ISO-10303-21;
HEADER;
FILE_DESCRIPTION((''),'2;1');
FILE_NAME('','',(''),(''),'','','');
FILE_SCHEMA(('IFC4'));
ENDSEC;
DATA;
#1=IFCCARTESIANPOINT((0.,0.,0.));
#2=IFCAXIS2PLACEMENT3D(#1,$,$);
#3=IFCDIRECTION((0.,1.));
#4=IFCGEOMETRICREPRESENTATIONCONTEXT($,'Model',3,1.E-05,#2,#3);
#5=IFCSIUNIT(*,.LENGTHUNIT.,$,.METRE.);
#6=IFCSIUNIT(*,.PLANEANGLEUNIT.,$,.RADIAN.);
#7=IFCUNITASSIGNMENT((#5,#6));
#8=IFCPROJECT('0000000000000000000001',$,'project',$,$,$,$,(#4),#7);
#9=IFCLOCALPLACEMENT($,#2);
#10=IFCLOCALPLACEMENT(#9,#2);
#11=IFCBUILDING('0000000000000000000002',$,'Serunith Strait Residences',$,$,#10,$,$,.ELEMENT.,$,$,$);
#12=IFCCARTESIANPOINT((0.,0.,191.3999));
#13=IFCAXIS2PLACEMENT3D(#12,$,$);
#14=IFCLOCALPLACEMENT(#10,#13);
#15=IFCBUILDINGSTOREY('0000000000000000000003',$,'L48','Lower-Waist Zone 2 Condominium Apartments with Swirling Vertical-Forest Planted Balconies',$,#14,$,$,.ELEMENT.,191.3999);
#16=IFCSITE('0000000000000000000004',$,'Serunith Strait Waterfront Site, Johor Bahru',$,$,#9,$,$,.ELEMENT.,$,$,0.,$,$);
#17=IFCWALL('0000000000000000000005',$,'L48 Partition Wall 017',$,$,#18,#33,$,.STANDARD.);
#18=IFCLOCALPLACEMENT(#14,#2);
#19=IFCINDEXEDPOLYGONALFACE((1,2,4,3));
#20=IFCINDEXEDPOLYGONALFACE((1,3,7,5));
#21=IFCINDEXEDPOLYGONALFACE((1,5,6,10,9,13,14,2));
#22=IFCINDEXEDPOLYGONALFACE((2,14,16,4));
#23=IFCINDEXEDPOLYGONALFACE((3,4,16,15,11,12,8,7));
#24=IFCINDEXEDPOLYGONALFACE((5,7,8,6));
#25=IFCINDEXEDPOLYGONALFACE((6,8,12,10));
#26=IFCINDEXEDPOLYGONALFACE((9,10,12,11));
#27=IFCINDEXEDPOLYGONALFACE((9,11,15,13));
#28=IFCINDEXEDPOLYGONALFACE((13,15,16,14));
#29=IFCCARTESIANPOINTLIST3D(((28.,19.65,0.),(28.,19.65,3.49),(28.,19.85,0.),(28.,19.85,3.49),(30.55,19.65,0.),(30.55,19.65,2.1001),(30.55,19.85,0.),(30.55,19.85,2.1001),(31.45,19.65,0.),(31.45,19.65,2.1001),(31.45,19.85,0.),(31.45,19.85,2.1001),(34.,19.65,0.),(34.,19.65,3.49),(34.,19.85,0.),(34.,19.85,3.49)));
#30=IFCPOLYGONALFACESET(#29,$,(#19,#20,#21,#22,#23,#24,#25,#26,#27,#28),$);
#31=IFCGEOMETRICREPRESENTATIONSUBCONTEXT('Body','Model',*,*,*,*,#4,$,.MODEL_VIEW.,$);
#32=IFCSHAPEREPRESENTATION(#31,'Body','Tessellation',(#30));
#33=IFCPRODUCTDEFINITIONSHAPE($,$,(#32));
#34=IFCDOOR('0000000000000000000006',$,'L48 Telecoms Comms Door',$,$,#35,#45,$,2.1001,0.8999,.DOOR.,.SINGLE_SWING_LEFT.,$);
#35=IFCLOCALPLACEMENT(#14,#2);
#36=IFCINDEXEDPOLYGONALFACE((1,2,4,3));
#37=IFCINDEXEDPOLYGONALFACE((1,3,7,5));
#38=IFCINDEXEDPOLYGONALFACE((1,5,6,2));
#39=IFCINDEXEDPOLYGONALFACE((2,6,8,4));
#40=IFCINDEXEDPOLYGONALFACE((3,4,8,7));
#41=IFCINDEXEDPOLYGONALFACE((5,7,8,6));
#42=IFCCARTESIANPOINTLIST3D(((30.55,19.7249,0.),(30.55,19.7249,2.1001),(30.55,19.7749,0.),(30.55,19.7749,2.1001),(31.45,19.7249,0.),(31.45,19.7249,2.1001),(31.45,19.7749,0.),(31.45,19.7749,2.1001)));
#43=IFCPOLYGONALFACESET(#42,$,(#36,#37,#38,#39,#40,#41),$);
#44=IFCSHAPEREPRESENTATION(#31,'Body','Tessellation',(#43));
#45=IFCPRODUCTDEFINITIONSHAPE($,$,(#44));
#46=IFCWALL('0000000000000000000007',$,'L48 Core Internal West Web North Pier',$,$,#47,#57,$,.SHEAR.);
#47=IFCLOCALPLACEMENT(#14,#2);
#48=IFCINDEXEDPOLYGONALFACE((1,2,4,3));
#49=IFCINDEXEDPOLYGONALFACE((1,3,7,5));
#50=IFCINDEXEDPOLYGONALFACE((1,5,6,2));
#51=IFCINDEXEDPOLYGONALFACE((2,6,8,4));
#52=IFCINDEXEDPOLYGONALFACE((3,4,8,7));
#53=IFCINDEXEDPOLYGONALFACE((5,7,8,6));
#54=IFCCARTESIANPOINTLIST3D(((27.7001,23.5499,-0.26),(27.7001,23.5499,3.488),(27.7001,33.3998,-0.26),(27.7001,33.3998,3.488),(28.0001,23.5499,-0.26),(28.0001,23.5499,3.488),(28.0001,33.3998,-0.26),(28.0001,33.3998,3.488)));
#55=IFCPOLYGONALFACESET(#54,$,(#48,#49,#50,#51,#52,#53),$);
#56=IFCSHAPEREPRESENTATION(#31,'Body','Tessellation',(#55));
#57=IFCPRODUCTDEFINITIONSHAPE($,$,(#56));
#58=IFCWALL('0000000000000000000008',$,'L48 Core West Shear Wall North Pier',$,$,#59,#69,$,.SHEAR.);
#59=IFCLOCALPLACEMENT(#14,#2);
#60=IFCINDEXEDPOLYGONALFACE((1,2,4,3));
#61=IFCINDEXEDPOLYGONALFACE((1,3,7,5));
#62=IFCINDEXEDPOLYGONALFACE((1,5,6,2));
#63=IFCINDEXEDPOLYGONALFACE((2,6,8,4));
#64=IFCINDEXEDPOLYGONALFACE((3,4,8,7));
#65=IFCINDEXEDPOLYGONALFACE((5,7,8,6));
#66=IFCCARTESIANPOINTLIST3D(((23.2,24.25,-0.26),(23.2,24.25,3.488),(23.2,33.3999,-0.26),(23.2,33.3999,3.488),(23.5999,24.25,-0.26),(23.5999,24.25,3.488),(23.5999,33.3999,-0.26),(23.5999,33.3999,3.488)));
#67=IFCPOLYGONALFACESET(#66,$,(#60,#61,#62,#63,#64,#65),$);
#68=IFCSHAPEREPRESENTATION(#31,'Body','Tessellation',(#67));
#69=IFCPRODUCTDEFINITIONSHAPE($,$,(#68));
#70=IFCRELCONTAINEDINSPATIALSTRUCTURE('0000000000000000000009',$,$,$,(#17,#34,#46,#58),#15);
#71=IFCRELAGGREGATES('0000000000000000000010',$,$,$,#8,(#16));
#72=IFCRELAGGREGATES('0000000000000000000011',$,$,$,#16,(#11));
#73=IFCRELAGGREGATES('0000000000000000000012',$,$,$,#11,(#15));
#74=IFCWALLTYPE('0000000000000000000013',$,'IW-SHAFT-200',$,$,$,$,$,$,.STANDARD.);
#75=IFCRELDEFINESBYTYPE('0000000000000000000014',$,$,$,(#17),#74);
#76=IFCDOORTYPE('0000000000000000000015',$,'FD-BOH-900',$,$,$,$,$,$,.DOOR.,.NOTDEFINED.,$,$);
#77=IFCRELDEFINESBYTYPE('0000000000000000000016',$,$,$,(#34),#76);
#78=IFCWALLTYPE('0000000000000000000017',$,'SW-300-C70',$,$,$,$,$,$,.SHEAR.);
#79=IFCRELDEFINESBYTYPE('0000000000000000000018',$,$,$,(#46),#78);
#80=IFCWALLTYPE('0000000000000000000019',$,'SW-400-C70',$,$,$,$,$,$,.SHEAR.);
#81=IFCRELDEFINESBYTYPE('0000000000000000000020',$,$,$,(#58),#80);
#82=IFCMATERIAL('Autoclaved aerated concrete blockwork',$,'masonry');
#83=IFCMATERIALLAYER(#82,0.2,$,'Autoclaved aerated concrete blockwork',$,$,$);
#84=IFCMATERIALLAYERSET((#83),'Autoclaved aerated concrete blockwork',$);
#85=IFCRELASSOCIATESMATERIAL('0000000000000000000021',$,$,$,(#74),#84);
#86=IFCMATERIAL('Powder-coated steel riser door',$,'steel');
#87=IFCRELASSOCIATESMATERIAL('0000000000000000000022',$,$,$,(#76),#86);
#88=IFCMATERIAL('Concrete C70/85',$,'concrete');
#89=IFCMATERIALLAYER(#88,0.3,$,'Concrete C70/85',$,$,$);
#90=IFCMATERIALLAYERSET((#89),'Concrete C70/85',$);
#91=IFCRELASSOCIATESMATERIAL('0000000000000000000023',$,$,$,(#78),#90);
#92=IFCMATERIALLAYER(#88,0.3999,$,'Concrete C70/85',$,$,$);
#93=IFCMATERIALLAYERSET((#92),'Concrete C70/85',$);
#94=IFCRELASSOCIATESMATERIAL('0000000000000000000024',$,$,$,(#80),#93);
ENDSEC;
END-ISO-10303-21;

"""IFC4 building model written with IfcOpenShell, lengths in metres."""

from ifc_helpers import new_model, si_unit, direction, frame, frame_2d, origin, place, context, subcontext, project, spatial, rectangle, extrude, source, transform, mapped, material, layer, layer_set, type_object, element, fill, save


model = new_model("IFC4")

# Units and contexts
model_context = context("Model", 3, precision=1e-05, world=origin(), true_north=direction((0.0, 1.0)))
body_context = subcontext(model_context, "Body", "Model", "MODEL_VIEW")
ifc_project = project(units=[si_unit("LENGTHUNIT", "METRE"), si_unit("PLANEANGLEUNIT", "RADIAN")], contexts=[model_context])

# Site, building, storey
site_placement = place(None, origin())
site = spatial("IfcSite", under=ifc_project, at=site_placement, Name="Serunith Strait Waterfront Site, Johor Bahru", CompositionType="ELEMENT", RefElevation=0.0)
building_placement = place(site_placement, origin())
building = spatial("IfcBuilding", under=site, at=building_placement, Name="Serunith Strait Residences", CompositionType="ELEMENT")
storey_placement = place(building_placement, frame((0.0, 0.0, 191.3999)))
storey = spatial("IfcBuildingStorey", under=building, at=storey_placement, Name="L48", Description="Lower-Waist Zone 2 Condominium Apartments with Swirling Vertical-Forest Planted Balconies", CompositionType="ELEMENT", Elevation=191.3999)

# Wall, opening, door
ifc_material_1 = material(Name="Autoclaved aerated concrete blockwork", Category="masonry")
ifc_layer_1 = layer(ifc_material_1, 0.2, Name="Autoclaved aerated concrete blockwork")
ifc_layer_set_1 = layer_set([ifc_layer_1], Name="Autoclaved aerated concrete blockwork")
wall_type_1 = type_object("IfcWallType", Name="IW-SHAFT-200", PredefinedType="STANDARD", material=ifc_layer_set_1)
wall_1_placement = place(storey_placement, frame((28.0, 19.75, 0.0), z_axis=(0.0, 0.0, 1.0), x_axis=(1.0, 0.0, 0.0)))
wall_1 = element("IfcWall", 1, at=wall_1_placement, inside=storey, type_object=wall_type_1, Name="L48 Partition Wall 017", PredefinedType="STANDARD", context=body_context, shape_type="SweptSolid", body=[
    extrude(rectangle(XDim=6.0, YDim=0.2, at=frame_2d((3.0, 0.0))), origin(), (0.0, 0.0, 1.0), 3.49),
])
opening_1_placement = place(wall_1_placement, frame((2.55, 0.0, 0.0)))
opening_1 = element("IfcOpeningElement", 2, at=opening_1_placement, cuts=wall_1, PredefinedType="OPENING", context=body_context, shape_type="SweptSolid", body=[
    extrude(rectangle(XDim=0.8999, YDim=2.1001, at=frame_2d((0.45, 1.05))), frame((0.0, 0.1099, 0.0), z_axis=(0.0, -1.0, 0.0), x_axis=(1.0, 0.0, 0.0)), (0.0, 0.0, 1.0), 0.22),
])
ifc_material_2 = material(Name="Powder-coated steel riser door", Category="steel")
door_type_1 = type_object("IfcDoorType", Name="FD-BOH-900", OperationType="NOTDEFINED", PredefinedType="DOOR", material=ifc_material_2)
shared_shape_1 = source(origin(), body_context, "Body", "SweptSolid", [
    extrude(rectangle(XDim=0.8999, YDim=2.1001, at=frame_2d((0.45, 1.05))), frame((0.0, 0.0249, 0.0), z_axis=(0.0, -1.0, 0.0), x_axis=(1.0, 0.0, 0.0)), (0.0, 0.0, 1.0), 0.05),
])
door_1_placement = place(opening_1_placement, origin())
door_1 = element("IfcDoor", 3, at=door_1_placement, inside=storey, type_object=door_type_1, Name="L48 Telecoms Comms Door", OperationType="SINGLE_SWING_LEFT", OverallHeight=2.1001, OverallWidth=0.8999, PredefinedType="DOOR", context=body_context, shape_type="MappedRepresentation", body=[
    mapped(shared_shape_1, transform((0.0, 0.0, 0.0), scale=1.0)),
])
fill(opening_1, door_1)

# Walls
ifc_material_3 = material(Name="Concrete C70/85", Category="concrete")
ifc_layer_2 = layer(ifc_material_3, 0.3, Name="Concrete C70/85")
ifc_layer_set_2 = layer_set([ifc_layer_2], Name="Concrete C70/85")
wall_type_2 = type_object("IfcWallType", Name="SW-300-C70", PredefinedType="SHEAR", material=ifc_layer_set_2)
wall_2_placement = place(storey_placement, frame((27.8501, 23.55, -0.26), z_axis=(0.0, 0.0, 1.0), x_axis=(0.0, 1.0, 0.0)))
element("IfcWall", 4, at=wall_2_placement, inside=storey, type_object=wall_type_2, Name="L48 Core Internal West Web North Pier", PredefinedType="SHEAR", context=body_context, shape_type="SweptSolid", body=[
    extrude(rectangle(XDim=9.8499, YDim=0.3, at=frame_2d((4.9248, 0.0))), origin(), (0.0, 0.0, 1.0), 3.748),
])
ifc_layer_3 = layer(ifc_material_3, 0.3999, Name="Concrete C70/85")
ifc_layer_set_3 = layer_set([ifc_layer_3], Name="Concrete C70/85")
wall_type_3 = type_object("IfcWallType", Name="SW-400-C70", PredefinedType="SHEAR", material=ifc_layer_set_3)
wall_3_placement = place(storey_placement, frame((23.3999, 24.25, -0.26), z_axis=(0.0, 0.0, 1.0), x_axis=(0.0, 1.0, 0.0)))
element("IfcWall", 5, at=wall_3_placement, inside=storey, type_object=wall_type_3, Name="L48 Core West Shear Wall North Pier", PredefinedType="SHEAR", context=body_context, shape_type="SweptSolid", body=[
    extrude(rectangle(XDim=9.1499, YDim=0.3999, at=frame_2d((4.575, 0.0))), origin(), (0.0, 0.0, 1.0), 3.748),
])

save(model, "model.ifc")
